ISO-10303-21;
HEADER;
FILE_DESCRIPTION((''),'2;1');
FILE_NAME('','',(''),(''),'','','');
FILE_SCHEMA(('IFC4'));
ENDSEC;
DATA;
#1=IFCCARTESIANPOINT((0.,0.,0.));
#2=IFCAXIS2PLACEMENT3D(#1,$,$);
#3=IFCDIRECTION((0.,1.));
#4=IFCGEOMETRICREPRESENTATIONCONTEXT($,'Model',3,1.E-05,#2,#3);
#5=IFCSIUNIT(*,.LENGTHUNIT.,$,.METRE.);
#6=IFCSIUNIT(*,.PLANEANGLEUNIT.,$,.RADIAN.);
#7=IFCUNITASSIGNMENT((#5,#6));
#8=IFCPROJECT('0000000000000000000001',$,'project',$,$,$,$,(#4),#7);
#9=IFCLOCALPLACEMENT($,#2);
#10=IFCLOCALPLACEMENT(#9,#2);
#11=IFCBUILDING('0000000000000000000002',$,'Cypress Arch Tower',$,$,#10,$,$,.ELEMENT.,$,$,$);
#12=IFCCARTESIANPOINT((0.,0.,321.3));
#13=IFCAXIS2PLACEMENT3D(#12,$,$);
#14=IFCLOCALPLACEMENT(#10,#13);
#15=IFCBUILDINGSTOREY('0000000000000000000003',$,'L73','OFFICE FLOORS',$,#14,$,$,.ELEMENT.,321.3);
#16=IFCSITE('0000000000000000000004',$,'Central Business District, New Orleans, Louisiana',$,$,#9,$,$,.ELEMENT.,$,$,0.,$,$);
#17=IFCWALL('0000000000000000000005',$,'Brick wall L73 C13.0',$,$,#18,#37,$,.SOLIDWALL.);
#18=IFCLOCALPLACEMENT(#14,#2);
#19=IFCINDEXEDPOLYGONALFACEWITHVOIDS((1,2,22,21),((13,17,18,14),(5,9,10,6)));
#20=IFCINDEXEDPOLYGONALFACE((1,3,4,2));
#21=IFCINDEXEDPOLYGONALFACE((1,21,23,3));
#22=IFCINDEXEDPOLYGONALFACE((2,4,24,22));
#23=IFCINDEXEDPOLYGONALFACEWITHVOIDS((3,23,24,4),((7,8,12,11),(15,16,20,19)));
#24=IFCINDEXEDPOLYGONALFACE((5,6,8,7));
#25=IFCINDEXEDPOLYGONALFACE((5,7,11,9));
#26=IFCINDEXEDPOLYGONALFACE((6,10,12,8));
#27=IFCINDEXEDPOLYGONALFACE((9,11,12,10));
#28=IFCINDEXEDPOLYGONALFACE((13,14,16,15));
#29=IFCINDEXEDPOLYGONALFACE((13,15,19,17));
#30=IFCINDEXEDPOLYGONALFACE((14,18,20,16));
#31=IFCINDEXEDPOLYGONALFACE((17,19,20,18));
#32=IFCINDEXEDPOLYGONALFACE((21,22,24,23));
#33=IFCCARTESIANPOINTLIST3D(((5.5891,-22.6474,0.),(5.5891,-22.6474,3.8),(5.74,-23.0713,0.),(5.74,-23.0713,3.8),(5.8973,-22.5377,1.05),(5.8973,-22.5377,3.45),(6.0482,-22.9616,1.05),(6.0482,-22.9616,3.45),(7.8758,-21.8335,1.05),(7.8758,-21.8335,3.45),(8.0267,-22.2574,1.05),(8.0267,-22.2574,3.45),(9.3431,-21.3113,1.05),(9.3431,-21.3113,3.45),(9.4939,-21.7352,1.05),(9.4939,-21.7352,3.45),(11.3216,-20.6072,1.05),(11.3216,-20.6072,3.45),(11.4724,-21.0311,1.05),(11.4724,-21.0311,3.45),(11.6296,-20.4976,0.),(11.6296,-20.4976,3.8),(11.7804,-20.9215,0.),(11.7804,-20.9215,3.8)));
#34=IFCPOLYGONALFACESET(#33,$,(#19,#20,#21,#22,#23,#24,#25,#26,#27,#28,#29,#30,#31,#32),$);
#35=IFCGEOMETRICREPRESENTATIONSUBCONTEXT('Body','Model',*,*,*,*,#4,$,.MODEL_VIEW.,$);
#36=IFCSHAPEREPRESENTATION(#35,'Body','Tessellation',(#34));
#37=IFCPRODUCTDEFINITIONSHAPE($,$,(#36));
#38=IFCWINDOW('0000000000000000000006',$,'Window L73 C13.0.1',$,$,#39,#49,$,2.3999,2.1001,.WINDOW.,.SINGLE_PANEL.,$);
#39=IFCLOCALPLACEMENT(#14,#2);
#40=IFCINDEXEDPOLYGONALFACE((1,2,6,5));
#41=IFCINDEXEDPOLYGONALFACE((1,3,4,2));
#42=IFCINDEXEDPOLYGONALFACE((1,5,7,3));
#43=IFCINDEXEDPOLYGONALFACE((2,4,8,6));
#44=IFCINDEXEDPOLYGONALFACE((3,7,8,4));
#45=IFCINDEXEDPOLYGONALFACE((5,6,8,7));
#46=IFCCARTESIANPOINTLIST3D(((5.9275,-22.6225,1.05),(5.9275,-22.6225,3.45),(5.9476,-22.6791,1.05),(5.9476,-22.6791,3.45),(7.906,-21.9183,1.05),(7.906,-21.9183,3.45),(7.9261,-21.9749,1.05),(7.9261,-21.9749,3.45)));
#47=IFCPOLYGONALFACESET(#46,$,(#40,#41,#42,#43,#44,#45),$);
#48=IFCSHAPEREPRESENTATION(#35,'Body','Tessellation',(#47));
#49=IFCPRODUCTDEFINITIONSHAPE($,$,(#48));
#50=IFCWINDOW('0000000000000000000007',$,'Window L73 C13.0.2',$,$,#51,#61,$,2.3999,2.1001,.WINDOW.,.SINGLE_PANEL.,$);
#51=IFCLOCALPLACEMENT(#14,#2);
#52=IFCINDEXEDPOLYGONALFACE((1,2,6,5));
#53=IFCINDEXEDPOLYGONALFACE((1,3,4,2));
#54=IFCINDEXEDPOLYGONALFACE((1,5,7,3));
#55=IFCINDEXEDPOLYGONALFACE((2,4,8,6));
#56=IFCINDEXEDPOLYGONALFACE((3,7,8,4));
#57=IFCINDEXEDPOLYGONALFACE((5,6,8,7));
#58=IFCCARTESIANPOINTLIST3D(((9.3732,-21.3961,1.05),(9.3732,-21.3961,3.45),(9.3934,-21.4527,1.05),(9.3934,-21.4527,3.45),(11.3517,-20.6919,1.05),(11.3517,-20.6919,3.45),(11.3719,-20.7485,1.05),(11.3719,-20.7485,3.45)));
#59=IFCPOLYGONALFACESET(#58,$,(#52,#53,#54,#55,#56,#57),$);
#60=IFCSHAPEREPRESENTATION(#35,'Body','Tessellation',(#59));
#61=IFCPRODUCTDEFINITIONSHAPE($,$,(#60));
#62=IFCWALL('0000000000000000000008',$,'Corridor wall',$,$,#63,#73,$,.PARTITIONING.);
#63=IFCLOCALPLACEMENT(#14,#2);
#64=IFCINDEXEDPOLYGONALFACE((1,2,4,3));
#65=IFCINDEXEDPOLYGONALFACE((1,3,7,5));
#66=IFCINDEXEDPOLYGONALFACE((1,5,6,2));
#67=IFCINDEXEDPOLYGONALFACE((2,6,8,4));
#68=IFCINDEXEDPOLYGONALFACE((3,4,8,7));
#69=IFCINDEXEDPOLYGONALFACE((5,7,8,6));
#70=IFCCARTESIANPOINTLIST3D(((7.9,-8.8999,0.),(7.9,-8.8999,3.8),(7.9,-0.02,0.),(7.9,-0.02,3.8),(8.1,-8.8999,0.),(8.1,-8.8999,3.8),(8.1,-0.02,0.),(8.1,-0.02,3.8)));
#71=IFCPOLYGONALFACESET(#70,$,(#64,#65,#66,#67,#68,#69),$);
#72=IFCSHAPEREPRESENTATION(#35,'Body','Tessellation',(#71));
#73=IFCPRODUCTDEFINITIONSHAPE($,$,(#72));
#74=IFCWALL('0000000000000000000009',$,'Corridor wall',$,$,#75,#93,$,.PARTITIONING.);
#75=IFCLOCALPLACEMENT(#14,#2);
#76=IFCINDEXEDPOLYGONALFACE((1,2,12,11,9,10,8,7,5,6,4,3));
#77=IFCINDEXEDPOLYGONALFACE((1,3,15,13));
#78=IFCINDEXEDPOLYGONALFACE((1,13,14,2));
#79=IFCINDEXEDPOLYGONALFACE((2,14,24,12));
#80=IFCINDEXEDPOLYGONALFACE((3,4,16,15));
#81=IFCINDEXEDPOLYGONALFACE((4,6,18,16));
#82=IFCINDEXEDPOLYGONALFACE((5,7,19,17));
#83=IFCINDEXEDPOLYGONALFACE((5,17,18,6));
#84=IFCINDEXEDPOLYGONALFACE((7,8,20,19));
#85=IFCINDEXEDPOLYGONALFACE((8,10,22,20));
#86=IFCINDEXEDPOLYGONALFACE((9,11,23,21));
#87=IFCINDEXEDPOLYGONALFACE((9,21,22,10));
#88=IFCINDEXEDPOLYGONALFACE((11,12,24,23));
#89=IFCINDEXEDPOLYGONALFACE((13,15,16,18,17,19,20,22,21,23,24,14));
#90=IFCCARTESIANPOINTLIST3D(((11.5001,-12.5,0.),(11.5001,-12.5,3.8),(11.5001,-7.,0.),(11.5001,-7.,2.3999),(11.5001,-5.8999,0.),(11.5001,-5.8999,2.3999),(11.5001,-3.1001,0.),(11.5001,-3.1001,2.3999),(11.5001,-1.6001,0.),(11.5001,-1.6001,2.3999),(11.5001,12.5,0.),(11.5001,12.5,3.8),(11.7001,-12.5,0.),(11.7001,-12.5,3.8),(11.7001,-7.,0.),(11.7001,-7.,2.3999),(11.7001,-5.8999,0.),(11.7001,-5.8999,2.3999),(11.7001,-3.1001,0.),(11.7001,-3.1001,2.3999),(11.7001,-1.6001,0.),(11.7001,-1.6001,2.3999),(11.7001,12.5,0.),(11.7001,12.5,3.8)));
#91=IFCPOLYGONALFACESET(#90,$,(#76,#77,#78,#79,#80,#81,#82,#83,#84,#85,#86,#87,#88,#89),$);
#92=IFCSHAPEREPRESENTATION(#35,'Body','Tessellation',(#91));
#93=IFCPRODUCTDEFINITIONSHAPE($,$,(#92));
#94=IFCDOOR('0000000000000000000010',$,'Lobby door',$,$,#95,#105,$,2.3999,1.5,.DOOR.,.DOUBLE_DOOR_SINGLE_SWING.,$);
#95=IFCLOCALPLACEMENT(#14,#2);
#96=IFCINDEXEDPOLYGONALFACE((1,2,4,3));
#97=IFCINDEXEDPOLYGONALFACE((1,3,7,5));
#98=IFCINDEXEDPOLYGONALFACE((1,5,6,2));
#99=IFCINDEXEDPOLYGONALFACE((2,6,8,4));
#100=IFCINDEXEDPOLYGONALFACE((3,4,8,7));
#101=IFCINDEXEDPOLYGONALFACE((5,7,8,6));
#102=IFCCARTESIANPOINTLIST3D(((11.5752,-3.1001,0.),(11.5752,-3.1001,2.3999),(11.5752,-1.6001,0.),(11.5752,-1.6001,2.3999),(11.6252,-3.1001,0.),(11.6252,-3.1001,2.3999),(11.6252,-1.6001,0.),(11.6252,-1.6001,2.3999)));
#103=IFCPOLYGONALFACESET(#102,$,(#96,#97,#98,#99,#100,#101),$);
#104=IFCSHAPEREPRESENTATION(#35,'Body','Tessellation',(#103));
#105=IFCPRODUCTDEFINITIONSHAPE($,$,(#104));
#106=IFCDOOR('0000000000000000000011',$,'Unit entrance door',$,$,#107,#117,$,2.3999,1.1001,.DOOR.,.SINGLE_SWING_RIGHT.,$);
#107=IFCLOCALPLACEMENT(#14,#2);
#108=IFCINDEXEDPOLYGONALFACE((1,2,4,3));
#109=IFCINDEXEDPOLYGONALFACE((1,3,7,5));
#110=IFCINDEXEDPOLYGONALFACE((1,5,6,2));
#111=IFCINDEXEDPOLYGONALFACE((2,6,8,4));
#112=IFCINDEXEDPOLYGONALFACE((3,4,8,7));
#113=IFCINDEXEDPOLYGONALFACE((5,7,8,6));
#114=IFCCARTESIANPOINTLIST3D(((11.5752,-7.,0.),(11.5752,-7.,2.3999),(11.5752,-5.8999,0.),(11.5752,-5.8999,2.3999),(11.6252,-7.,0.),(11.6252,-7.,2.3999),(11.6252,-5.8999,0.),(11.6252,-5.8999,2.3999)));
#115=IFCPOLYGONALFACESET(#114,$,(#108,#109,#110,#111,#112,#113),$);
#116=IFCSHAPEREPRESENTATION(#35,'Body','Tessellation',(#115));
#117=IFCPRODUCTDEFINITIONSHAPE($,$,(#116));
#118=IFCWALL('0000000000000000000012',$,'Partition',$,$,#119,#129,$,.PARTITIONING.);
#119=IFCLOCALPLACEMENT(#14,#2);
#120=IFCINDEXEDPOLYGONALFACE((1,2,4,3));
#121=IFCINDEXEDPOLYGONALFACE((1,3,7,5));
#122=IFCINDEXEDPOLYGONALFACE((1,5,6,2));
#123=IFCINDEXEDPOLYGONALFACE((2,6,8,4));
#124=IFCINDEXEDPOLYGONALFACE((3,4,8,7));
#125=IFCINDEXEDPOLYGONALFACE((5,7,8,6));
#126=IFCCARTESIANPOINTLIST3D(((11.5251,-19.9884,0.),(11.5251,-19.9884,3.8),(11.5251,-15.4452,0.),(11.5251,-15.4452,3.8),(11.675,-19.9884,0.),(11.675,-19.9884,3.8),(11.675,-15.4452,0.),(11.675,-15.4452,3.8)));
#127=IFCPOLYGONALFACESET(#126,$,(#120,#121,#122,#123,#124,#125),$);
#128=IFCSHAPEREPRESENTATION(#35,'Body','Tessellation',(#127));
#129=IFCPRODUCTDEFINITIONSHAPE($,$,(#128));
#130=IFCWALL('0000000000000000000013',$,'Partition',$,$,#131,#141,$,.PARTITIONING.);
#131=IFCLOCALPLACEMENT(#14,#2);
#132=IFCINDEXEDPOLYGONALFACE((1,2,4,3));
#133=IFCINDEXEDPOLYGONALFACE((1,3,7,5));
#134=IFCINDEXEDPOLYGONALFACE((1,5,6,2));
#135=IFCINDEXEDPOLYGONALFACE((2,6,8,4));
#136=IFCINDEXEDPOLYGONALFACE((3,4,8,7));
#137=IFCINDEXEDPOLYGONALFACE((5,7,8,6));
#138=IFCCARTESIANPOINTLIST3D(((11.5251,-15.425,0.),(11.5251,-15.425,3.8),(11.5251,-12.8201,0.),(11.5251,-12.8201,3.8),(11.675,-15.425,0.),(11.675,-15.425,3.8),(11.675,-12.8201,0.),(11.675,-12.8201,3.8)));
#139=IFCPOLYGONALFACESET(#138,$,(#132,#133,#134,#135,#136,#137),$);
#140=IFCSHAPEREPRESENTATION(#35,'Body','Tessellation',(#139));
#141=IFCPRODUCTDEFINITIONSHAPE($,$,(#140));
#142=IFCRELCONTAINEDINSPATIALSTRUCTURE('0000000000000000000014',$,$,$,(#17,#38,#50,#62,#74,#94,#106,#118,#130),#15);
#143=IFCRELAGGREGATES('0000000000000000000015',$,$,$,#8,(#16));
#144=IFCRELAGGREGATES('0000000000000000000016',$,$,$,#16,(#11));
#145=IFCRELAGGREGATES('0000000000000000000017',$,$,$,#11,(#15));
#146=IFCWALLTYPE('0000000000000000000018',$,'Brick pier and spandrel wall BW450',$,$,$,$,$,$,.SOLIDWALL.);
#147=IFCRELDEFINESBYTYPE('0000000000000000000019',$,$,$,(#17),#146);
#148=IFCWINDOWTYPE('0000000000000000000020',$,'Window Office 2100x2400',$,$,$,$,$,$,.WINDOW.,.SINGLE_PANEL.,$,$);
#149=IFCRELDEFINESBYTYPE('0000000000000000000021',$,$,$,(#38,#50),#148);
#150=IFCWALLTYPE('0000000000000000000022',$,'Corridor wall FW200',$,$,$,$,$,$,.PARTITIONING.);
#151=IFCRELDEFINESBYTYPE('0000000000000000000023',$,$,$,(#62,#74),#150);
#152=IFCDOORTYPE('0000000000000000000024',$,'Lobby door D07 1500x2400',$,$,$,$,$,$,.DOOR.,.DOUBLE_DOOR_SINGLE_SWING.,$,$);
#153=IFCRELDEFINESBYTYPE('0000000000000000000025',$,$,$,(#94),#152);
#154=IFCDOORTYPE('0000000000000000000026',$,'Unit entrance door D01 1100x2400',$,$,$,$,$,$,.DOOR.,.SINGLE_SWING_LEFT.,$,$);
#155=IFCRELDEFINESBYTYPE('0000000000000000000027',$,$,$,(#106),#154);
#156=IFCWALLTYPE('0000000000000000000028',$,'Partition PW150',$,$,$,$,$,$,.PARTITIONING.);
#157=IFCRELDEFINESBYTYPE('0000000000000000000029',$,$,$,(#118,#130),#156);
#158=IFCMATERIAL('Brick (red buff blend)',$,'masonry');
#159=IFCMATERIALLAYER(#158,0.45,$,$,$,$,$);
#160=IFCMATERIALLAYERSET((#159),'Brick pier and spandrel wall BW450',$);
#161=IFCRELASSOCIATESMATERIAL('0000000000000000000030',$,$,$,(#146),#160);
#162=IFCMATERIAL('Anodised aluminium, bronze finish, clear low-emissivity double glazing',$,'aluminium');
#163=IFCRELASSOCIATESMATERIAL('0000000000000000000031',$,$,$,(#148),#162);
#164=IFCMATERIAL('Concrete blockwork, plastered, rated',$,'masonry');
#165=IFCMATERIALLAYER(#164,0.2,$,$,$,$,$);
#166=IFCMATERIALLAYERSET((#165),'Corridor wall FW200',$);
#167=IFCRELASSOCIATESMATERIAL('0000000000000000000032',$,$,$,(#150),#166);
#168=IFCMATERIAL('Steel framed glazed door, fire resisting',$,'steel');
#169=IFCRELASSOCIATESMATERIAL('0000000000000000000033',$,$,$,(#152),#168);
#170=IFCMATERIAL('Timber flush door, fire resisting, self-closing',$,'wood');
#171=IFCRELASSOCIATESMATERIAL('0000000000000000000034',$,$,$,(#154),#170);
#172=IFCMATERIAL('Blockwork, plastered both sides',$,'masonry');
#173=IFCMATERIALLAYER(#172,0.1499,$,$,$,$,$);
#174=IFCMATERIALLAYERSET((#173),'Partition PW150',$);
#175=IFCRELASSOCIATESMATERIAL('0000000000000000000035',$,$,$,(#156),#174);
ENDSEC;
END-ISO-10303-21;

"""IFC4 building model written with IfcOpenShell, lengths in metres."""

from ifc_helpers import new_model, si_unit, direction, frame, frame_2d, origin, place, context, subcontext, project, spatial, rectangle, extrude, material, layer, layer_set, type_object, element, fill, save


model = new_model("IFC4")

# Units and contexts
model_context = context("Model", 3, precision=1e-05, world=origin(), true_north=direction((0.0, 1.0)))
body_context = subcontext(model_context, "Body", "Model", "MODEL_VIEW")
ifc_project = project(units=[si_unit("LENGTHUNIT", "METRE"), si_unit("PLANEANGLEUNIT", "RADIAN")], contexts=[model_context])

# Site, building, storey
site_placement = place(None, origin())
site = spatial("IfcSite", under=ifc_project, at=site_placement, Name="Central Business District, New Orleans, Louisiana", CompositionType="ELEMENT", RefElevation=0.0)
building_placement = place(site_placement, origin())
building = spatial("IfcBuilding", under=site, at=building_placement, Name="Cypress Arch Tower", CompositionType="ELEMENT")
storey_placement = place(building_placement, frame((0.0, 0.0, 321.3)))
storey = spatial("IfcBuildingStorey", under=building, at=storey_placement, Name="L73", Description="OFFICE FLOORS", CompositionType="ELEMENT", Elevation=321.3)

# Wall, openings, windows
ifc_material_1 = material(Name="Brick (red buff blend)", Category="masonry")
ifc_layer_1 = layer(ifc_material_1, 0.45)
ifc_layer_set_1 = layer_set([ifc_layer_1], Name="Brick pier and spandrel wall BW450")
wall_type_1 = type_object("IfcWallType", Name="Brick pier and spandrel wall BW450", PredefinedType="SOLIDWALL", material=ifc_layer_set_1)
wall_1_placement = place(storey_placement, frame((5.6646, -22.8594, 0.0), z_axis=(0.0, 0.0, 1.0), x_axis=(0.942108, 0.335309, 0.0)))
wall_1 = element("IfcWall", 1, at=wall_1_placement, inside=storey, type_object=wall_type_1, Name="Brick wall L73 C13.0", PredefinedType="SOLIDWALL", context=body_context, shape_type="SweptSolid", body=[
    extrude(rectangle(XDim=6.4116, YDim=0.45, at=frame_2d((3.2058, 0.0))), origin(), (0.0, 0.0, 1.0), 3.8),
])
opening_1_placement = place(wall_1_placement, frame((0.3271, 0.0, 1.05)))
opening_1 = element("IfcOpeningElement", 2, at=opening_1_placement, cuts=wall_1, PredefinedType="OPENING", context=body_context, shape_type="SweptSolid", body=[
    extrude(rectangle(XDim=2.1001, YDim=2.3999, at=frame_2d((1.05, 1.2))), frame((0.0, 0.2349, 0.0), z_axis=(0.0, -1.0, 0.0), x_axis=(1.0, 0.0, 0.0)), (0.0, 0.0, 1.0), 0.47),
])
opening_2_placement = place(wall_1_placement, frame((3.9846, 0.0, 1.05)))
opening_2 = element("IfcOpeningElement", 3, at=opening_2_placement, cuts=wall_1, PredefinedType="OPENING", context=body_context, shape_type="SweptSolid", body=[
    extrude(rectangle(XDim=2.1001, YDim=2.3999, at=frame_2d((1.05, 1.2))), frame((0.0, 0.2349, 0.0), z_axis=(0.0, -1.0, 0.0), x_axis=(1.0, 0.0, 0.0)), (0.0, 0.0, 1.0), 0.47),
])
ifc_material_2 = material(Name="Anodised aluminium, bronze finish, clear low-emissivity double glazing", Category="aluminium")
window_type = type_object("IfcWindowType", Name="Window Office 2100x2400", PartitioningType="SINGLE_PANEL", PredefinedType="WINDOW", material=ifc_material_2)
window_1_placement = place(opening_1_placement, origin())
window_1 = element("IfcWindow", 4, at=window_1_placement, inside=storey, type_object=window_type, Name="Window L73 C13.0.1", OverallHeight=2.3999, OverallWidth=2.1001, PartitioningType="SINGLE_PANEL", PredefinedType="WINDOW", context=body_context, shape_type="SweptSolid", body=[
    extrude(rectangle(XDim=2.1001, YDim=2.3999, at=frame_2d((1.05, 1.2))), frame((0.0, 0.135, 0.0), z_axis=(0.0, -1.0, 0.0), x_axis=(1.0, 0.0, 0.0)), (0.0, 0.0, 1.0), 0.0601),
])
fill(opening_1, window_1)
window_2_placement = place(opening_2_placement, origin())
window_2 = element("IfcWindow", 5, at=window_2_placement, inside=storey, type_object=window_type, Name="Window L73 C13.0.2", OverallHeight=2.3999, OverallWidth=2.1001, PartitioningType="SINGLE_PANEL", PredefinedType="WINDOW", context=body_context, shape_type="SweptSolid", body=[
    extrude(rectangle(XDim=2.1001, YDim=2.3999, at=frame_2d((1.05, 1.2))), frame((0.0, 0.135, 0.0), z_axis=(0.0, -1.0, 0.0), x_axis=(1.0, 0.0, 0.0)), (0.0, 0.0, 1.0), 0.0601),
])
fill(opening_2, window_2)

# Wall
ifc_material_3 = material(Name="Concrete blockwork, plastered, rated", Category="masonry")
ifc_layer_2 = layer(ifc_material_3, 0.2)
ifc_layer_set_2 = layer_set([ifc_layer_2], Name="Corridor wall FW200")
wall_type_2 = type_object("IfcWallType", Name="Corridor wall FW200", PredefinedType="PARTITIONING", material=ifc_layer_set_2)
wall_2_placement = place(storey_placement, frame((8.0, -8.8999, 0.0), z_axis=(0.0, 0.0, 1.0), x_axis=(0.0, 1.0, 0.0)))
element("IfcWall", 6, at=wall_2_placement, inside=storey, type_object=wall_type_2, Name="Corridor wall", PredefinedType="PARTITIONING", context=body_context, shape_type="SweptSolid", body=[
    extrude(rectangle(XDim=8.8799, YDim=0.2, at=frame_2d((4.4399, 0.0))), origin(), (0.0, 0.0, 1.0), 3.8),
])

# Wall, openings, doors
wall_3_placement = place(storey_placement, frame((11.6001, -12.5, 0.0), z_axis=(0.0, 0.0, 1.0), x_axis=(0.0, 1.0, 0.0)))
wall_3 = element("IfcWall", 7, at=wall_3_placement, inside=storey, type_object=wall_type_2, Name="Corridor wall", PredefinedType="PARTITIONING", context=body_context, shape_type="SweptSolid", body=[
    extrude(rectangle(XDim=25.0, YDim=0.2, at=frame_2d((12.5, 0.0))), origin(), (0.0, 0.0, 1.0), 3.8),
])
opening_3_placement = place(wall_3_placement, frame((9.3999, 0.0, 0.0)))
opening_3 = element("IfcOpeningElement", 8, at=opening_3_placement, cuts=wall_3, PredefinedType="OPENING", context=body_context, shape_type="SweptSolid", body=[
    extrude(rectangle(XDim=1.5, YDim=2.3999, at=frame_2d((0.75, 1.2))), frame((0.0, 0.1099, 0.0), z_axis=(0.0, -1.0, 0.0), x_axis=(1.0, 0.0, 0.0)), (0.0, 0.0, 1.0), 0.22),
])
opening_4_placement = place(wall_3_placement, frame((5.5, 0.0, 0.0)))
opening_4 = element("IfcOpeningElement", 9, at=opening_4_placement, cuts=wall_3, PredefinedType="OPENING", context=body_context, shape_type="SweptSolid", body=[
    extrude(rectangle(XDim=1.1001, YDim=2.3999, at=frame_2d((0.55, 1.2))), frame((0.0, 0.1099, 0.0), z_axis=(0.0, -1.0, 0.0), x_axis=(1.0, 0.0, 0.0)), (0.0, 0.0, 1.0), 0.22),
])
ifc_material_4 = material(Name="Steel framed glazed door, fire resisting", Category="steel")
door_type_1 = type_object("IfcDoorType", Name="Lobby door D07 1500x2400", OperationType="DOUBLE_DOOR_SINGLE_SWING", PredefinedType="DOOR", material=ifc_material_4)
door_1_placement = place(opening_3_placement, origin())
door_1 = element("IfcDoor", 10, at=door_1_placement, inside=storey, type_object=door_type_1, Name="Lobby door", OperationType="DOUBLE_DOOR_SINGLE_SWING", OverallHeight=2.3999, OverallWidth=1.5, PredefinedType="DOOR", context=body_context, shape_type="SweptSolid", body=[
    extrude(rectangle(XDim=1.5, YDim=2.3999, at=frame_2d((0.75, 1.2))), frame((0.0, 0.0249, 0.0), z_axis=(0.0, -1.0, 0.0), x_axis=(1.0, 0.0, 0.0)), (0.0, 0.0, 1.0), 0.05),
])
fill(opening_3, door_1)
ifc_material_5 = material(Name="Timber flush door, fire resisting, self-closing", Category="wood")
door_type_2 = type_object("IfcDoorType", Name="Unit entrance door D01 1100x2400", OperationType="SINGLE_SWING_LEFT", PredefinedType="DOOR", material=ifc_material_5)
door_2_placement = place(opening_4_placement, origin())
door_2 = element("IfcDoor", 11, at=door_2_placement, inside=storey, type_object=door_type_2, Name="Unit entrance door", OperationType="SINGLE_SWING_RIGHT", OverallHeight=2.3999, OverallWidth=1.1001, PredefinedType="DOOR", context=body_context, shape_type="SweptSolid", body=[
    extrude(rectangle(XDim=1.1001, YDim=2.3999, at=frame_2d((0.55, 1.2))), frame((0.0, 0.0249, 0.0), z_axis=(0.0, -1.0, 0.0), x_axis=(1.0, 0.0, 0.0)), (0.0, 0.0, 1.0), 0.05),
])
fill(opening_4, door_2)

# Walls
ifc_material_6 = material(Name="Blockwork, plastered both sides", Category="masonry")
ifc_layer_3 = layer(ifc_material_6, 0.1499)
ifc_layer_set_3 = layer_set([ifc_layer_3], Name="Partition PW150")
wall_type_3 = type_object("IfcWallType", Name="Partition PW150", PredefinedType="PARTITIONING", material=ifc_layer_set_3)
wall_4_placement = place(storey_placement, frame((11.6001, -19.9883, 0.0), z_axis=(0.0, 0.0, 1.0), x_axis=(0.0, 1.0, 0.0)))
element("IfcWall", 12, at=wall_4_placement, inside=storey, type_object=wall_type_3, Name="Partition", PredefinedType="PARTITIONING", context=body_context, shape_type="SweptSolid", body=[
    extrude(rectangle(XDim=4.5432, YDim=0.1499, at=frame_2d((2.2715, 0.0))), origin(), (0.0, 0.0, 1.0), 3.8),
])
wall_5_placement = place(storey_placement, frame((11.6001, -15.425, 0.0), z_axis=(0.0, 0.0, 1.0), x_axis=(0.0, 1.0, 0.0)))
element("IfcWall", 13, at=wall_5_placement, inside=storey, type_object=wall_type_3, Name="Partition", PredefinedType="PARTITIONING", context=body_context, shape_type="SweptSolid", body=[
    extrude(rectangle(XDim=2.605, YDim=0.1499, at=frame_2d((1.3025, 0.0))), origin(), (0.0, 0.0, 1.0), 3.8),
])

save(model, "model.ifc")
